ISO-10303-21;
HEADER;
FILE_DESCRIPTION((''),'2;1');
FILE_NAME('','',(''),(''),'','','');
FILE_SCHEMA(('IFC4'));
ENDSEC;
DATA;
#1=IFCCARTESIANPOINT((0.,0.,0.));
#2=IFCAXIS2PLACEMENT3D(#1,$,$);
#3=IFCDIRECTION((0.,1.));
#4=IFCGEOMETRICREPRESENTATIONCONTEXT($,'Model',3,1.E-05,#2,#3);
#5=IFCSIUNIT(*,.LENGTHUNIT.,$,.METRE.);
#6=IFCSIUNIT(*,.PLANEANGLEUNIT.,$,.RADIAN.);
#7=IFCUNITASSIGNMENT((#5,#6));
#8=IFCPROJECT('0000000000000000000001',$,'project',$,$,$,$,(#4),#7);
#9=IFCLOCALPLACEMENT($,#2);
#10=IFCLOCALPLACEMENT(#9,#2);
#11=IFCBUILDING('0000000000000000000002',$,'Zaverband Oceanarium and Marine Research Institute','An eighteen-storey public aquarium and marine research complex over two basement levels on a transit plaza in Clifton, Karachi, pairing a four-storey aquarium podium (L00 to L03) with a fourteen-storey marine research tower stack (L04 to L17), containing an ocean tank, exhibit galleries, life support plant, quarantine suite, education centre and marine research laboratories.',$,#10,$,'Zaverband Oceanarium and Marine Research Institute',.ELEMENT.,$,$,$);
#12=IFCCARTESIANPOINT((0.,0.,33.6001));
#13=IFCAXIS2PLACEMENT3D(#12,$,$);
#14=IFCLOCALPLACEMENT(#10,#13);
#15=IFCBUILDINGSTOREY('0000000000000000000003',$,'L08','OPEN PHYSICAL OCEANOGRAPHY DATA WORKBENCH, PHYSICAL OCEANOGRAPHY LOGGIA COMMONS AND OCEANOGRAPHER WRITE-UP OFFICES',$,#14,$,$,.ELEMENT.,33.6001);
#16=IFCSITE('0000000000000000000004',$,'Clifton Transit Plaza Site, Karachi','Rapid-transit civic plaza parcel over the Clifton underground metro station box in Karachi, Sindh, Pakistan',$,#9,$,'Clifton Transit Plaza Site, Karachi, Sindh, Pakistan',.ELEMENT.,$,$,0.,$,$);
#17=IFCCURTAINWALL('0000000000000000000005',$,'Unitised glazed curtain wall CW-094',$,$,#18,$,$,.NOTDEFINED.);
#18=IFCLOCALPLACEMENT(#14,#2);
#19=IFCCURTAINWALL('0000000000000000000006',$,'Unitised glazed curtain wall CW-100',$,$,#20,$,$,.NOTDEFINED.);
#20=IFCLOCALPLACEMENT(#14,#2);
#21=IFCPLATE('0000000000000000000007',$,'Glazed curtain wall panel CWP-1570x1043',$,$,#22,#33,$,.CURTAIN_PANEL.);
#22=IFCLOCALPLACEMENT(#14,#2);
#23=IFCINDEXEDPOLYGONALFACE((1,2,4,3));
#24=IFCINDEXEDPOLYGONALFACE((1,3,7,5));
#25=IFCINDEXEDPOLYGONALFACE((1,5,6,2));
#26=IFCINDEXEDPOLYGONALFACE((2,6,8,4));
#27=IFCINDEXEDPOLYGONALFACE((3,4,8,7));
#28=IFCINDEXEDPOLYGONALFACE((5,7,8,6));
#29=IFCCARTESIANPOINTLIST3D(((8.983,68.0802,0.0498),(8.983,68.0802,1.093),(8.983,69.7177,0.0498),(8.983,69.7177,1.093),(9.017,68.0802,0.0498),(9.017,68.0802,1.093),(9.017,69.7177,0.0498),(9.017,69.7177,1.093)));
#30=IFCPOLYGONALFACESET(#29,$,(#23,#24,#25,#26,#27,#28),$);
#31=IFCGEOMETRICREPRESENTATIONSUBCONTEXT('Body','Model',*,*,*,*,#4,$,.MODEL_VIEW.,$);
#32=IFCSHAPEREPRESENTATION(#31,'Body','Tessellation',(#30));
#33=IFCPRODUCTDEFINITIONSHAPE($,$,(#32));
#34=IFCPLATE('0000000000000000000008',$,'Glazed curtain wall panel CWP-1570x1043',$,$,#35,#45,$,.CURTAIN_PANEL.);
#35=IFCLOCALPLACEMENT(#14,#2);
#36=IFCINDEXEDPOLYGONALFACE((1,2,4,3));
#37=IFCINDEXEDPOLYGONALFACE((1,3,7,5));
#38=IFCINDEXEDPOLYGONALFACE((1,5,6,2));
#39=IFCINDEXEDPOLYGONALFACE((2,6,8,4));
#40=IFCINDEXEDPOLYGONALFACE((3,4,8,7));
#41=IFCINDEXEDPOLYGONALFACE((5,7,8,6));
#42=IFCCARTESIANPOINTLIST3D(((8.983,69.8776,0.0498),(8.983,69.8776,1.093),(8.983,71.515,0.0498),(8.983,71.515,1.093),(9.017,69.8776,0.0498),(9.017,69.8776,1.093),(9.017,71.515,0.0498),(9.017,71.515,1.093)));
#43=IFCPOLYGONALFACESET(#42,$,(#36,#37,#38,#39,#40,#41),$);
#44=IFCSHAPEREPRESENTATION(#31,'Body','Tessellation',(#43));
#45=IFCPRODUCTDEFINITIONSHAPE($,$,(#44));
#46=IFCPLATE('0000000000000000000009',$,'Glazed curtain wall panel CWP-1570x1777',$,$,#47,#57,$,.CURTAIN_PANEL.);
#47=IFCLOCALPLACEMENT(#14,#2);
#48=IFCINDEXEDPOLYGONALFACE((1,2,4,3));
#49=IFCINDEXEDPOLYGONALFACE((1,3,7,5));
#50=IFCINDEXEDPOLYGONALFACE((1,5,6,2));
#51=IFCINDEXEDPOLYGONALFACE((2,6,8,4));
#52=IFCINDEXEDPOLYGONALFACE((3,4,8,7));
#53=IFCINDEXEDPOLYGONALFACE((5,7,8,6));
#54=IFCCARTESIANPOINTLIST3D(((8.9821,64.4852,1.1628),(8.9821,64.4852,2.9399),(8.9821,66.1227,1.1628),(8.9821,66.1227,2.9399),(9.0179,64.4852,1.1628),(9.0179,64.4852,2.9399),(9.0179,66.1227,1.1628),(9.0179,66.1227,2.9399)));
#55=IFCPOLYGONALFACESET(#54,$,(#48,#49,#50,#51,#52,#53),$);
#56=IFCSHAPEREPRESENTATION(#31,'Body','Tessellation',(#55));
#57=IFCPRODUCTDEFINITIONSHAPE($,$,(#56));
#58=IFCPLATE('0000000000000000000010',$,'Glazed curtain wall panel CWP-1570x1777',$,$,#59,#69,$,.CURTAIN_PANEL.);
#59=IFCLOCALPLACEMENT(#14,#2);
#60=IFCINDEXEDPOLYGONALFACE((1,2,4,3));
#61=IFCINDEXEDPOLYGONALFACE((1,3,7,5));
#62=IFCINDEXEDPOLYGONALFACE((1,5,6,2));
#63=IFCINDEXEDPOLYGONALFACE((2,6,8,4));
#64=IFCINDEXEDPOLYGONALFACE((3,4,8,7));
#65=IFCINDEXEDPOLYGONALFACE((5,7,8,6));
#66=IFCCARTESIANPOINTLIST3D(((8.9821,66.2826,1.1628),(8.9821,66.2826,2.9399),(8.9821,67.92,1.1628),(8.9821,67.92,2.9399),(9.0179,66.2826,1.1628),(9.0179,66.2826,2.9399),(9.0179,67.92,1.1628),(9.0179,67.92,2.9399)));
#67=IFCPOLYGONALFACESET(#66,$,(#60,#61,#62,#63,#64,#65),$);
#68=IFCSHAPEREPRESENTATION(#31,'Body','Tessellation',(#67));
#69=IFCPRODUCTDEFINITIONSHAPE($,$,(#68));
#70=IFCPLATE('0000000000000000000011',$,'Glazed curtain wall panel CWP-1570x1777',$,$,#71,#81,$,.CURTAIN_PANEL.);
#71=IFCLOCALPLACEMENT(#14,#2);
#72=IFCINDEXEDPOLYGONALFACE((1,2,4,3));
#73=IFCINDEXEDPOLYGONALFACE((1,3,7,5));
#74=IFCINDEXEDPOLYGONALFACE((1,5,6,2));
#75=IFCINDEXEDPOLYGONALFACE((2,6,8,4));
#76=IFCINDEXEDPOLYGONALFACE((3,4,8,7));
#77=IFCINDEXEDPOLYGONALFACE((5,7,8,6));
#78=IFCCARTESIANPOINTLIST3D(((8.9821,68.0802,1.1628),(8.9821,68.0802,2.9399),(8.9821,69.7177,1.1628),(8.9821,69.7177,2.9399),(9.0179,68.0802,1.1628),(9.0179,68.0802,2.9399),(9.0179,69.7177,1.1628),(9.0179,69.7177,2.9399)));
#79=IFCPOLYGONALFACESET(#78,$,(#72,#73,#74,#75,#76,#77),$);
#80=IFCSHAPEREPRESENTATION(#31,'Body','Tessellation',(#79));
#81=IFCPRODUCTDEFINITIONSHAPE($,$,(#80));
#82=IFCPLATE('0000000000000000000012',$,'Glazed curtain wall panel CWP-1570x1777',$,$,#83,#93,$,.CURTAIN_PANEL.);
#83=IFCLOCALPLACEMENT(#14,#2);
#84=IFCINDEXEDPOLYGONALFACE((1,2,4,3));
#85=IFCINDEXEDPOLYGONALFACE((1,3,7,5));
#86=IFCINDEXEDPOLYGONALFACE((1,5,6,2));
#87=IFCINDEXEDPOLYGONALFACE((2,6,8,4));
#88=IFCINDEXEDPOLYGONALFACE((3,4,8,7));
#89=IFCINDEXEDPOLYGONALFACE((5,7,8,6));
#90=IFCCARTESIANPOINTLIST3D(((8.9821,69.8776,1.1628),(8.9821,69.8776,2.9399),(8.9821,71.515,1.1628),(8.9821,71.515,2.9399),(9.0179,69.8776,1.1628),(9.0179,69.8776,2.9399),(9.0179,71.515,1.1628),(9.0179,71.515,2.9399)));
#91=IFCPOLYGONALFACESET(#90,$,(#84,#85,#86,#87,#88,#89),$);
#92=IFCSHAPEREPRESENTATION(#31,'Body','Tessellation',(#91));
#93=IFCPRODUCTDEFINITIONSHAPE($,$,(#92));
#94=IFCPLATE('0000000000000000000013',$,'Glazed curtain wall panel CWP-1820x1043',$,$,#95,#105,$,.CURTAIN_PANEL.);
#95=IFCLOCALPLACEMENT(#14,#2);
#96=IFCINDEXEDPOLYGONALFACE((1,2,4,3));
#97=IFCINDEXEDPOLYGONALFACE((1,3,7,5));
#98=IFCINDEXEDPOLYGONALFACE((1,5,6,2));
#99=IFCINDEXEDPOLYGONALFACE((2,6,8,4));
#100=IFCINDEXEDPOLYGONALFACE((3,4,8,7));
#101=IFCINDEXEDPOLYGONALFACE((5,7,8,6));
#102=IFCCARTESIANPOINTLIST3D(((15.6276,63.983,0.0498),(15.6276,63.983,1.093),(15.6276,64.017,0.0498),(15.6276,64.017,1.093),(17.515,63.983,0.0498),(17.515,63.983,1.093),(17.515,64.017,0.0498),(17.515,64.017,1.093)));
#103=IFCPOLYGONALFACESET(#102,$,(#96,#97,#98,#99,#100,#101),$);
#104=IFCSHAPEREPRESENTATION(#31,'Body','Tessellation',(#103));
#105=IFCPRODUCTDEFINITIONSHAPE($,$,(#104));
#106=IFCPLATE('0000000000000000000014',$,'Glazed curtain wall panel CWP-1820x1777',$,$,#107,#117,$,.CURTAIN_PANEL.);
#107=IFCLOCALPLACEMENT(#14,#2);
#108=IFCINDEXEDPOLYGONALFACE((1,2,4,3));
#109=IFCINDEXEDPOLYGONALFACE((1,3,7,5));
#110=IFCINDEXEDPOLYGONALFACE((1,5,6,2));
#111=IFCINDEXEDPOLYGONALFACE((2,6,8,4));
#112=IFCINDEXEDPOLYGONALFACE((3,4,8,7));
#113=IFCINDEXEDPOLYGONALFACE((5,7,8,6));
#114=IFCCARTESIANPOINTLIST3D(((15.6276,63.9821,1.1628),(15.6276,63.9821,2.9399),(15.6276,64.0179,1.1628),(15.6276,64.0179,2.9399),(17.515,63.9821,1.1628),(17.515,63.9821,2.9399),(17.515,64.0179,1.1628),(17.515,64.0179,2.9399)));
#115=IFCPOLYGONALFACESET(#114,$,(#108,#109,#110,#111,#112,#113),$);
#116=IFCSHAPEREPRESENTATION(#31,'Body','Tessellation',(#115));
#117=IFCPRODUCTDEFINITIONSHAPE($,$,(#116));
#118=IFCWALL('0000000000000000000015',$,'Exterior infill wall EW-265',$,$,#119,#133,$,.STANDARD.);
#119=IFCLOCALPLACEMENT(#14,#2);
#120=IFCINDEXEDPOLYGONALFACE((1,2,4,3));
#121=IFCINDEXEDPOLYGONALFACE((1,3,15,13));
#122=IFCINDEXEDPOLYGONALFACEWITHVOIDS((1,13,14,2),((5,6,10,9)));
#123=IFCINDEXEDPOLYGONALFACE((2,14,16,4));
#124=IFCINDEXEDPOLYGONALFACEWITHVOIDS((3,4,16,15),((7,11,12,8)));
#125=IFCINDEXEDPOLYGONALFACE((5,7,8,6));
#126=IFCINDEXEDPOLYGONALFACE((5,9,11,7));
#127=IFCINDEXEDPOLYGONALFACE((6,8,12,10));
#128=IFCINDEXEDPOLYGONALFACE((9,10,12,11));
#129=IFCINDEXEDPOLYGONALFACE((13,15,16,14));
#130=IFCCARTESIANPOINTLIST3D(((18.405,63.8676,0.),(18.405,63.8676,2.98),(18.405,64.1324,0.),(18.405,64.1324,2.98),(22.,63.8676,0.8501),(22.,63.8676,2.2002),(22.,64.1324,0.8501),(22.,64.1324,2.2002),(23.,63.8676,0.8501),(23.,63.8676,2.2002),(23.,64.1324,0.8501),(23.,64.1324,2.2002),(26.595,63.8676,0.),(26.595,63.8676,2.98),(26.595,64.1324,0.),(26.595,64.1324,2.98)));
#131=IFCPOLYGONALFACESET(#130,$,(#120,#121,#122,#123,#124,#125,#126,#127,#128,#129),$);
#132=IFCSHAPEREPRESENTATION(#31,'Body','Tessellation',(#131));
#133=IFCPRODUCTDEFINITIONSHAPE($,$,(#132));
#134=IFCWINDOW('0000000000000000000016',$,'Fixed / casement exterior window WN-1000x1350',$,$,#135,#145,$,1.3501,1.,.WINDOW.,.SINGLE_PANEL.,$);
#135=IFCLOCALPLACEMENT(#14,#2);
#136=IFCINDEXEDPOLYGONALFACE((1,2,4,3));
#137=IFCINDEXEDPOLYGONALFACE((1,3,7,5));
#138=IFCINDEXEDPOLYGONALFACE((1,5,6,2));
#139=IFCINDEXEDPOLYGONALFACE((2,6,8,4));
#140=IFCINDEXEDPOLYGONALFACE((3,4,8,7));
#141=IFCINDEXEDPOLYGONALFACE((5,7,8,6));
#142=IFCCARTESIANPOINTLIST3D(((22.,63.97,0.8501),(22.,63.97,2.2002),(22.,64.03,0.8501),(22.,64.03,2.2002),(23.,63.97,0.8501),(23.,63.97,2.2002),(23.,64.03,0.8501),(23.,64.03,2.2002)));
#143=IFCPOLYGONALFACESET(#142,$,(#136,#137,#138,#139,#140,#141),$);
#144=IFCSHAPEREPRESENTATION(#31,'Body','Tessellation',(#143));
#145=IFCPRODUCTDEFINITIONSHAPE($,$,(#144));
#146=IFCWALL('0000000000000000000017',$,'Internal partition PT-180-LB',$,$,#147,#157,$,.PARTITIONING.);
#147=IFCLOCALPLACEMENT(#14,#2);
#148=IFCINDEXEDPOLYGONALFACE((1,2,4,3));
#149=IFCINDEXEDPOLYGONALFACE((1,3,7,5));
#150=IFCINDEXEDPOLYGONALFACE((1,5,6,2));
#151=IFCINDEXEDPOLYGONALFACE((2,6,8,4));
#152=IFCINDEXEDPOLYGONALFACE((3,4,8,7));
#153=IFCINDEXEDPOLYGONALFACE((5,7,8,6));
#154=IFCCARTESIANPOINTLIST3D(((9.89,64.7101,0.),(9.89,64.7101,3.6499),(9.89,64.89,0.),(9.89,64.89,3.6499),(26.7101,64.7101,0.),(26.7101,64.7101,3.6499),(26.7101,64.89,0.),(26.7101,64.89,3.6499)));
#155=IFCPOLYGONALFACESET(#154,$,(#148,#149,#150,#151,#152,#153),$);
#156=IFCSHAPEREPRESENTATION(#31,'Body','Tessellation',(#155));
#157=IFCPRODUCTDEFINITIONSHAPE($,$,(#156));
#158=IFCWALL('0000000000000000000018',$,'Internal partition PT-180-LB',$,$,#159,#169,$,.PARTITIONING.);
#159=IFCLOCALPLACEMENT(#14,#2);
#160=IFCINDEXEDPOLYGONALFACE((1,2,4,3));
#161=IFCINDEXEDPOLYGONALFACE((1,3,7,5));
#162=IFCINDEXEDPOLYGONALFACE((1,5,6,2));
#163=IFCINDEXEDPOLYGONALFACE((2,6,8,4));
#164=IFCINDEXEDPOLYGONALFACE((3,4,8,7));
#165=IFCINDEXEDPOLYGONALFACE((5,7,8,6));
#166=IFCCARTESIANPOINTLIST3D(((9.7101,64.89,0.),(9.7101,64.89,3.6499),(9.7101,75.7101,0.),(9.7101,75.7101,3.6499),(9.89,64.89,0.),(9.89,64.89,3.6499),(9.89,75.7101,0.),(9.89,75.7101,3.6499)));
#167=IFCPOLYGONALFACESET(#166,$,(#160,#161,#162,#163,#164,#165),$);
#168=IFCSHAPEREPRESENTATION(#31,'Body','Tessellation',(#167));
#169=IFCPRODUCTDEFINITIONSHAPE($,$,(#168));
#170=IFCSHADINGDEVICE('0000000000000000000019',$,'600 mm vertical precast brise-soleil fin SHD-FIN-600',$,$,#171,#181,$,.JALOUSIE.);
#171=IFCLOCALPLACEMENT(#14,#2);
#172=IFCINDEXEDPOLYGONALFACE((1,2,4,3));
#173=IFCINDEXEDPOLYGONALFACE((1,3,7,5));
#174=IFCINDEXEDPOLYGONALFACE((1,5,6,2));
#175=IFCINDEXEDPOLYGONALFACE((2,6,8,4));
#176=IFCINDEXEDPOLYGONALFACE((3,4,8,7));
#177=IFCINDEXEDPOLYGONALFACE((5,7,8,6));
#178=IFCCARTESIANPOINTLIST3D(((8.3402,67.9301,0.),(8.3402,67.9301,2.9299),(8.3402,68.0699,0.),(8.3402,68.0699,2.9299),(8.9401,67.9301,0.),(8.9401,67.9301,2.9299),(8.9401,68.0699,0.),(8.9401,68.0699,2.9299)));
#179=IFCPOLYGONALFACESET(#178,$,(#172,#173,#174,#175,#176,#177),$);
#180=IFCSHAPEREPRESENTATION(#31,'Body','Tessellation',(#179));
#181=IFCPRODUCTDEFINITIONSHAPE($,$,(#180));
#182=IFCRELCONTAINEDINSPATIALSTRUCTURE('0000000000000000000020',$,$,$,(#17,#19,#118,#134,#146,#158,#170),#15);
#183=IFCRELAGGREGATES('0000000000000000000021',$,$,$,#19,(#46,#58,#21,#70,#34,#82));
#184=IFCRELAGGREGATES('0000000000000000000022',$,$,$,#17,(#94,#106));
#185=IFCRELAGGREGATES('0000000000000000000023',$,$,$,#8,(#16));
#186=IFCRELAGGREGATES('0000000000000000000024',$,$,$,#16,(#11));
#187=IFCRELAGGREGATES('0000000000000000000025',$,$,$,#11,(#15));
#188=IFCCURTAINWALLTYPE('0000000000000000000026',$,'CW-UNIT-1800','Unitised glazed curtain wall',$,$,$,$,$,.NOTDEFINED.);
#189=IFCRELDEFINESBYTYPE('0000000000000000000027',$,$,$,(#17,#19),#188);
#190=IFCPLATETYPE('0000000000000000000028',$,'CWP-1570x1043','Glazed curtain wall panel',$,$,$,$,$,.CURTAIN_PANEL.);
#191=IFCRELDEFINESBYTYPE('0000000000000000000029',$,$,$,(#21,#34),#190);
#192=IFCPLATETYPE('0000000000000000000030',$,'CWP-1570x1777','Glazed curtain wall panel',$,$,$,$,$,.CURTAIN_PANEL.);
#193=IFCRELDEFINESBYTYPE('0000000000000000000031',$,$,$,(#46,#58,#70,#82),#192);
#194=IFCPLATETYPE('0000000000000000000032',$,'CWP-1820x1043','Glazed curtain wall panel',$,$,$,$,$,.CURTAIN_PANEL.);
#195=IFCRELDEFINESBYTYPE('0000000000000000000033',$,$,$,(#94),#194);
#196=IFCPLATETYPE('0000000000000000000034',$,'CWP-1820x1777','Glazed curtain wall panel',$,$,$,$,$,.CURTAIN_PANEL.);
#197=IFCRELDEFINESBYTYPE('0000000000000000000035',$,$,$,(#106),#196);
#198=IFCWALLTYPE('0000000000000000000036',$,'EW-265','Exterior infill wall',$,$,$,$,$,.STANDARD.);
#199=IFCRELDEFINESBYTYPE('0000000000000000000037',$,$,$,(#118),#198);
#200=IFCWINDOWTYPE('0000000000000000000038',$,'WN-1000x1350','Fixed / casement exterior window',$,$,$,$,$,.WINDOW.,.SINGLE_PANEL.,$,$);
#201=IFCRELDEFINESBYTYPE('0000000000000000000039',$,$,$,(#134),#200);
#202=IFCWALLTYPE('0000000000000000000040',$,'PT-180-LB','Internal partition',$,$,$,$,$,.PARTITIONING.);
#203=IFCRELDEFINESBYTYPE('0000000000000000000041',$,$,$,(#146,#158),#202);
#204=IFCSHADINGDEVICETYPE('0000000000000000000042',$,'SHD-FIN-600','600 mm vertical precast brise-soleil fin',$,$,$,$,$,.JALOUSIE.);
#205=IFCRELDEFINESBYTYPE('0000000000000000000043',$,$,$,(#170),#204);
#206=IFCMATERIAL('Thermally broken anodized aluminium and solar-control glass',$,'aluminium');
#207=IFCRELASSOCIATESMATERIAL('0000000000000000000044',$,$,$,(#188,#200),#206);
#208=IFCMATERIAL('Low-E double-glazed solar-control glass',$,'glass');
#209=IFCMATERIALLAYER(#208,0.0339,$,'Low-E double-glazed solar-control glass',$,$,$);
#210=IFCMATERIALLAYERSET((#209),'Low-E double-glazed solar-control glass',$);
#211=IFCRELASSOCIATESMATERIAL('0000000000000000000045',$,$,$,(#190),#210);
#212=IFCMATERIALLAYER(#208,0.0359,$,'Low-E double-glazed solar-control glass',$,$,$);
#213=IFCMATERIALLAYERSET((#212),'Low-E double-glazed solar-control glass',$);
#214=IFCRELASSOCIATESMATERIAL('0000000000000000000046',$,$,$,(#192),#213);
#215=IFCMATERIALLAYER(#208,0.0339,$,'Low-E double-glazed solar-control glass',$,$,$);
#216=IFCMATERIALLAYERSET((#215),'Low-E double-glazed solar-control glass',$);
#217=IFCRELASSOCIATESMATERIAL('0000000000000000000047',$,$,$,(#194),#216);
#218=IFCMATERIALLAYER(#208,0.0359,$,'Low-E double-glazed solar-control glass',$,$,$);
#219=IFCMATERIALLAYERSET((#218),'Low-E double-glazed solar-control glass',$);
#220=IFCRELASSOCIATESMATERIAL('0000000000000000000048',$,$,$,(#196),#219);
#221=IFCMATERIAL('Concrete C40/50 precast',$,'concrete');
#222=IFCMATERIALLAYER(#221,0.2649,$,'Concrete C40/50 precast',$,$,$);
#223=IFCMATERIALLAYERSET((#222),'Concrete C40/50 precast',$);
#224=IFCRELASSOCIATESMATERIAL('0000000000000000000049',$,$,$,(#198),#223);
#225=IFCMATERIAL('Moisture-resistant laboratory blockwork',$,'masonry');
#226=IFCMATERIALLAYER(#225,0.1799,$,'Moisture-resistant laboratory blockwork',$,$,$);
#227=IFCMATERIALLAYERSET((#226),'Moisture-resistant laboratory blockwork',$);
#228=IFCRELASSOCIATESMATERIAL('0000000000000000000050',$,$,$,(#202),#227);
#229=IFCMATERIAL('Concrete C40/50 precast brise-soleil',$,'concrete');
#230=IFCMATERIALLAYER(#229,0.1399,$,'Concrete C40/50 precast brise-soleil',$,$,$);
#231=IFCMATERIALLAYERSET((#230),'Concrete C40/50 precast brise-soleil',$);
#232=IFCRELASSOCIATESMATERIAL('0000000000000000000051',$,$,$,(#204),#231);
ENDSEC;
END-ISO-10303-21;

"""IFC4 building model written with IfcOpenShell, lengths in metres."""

from ifc_helpers import new_model, si_unit, direction, frame, frame_2d, origin, place, context, subcontext, project, spatial, rectangle, extrude, material, layer, layer_set, type_object, element, fill, aggregate, save


model = new_model("IFC4")

# Units and contexts
model_context = context("Model", 3, precision=1e-05, world=origin(), true_north=direction((0.0, 1.0)))
body_context = subcontext(model_context, "Body", "Model", "MODEL_VIEW")
ifc_project = project(units=[si_unit("LENGTHUNIT", "METRE"), si_unit("PLANEANGLEUNIT", "RADIAN")], contexts=[model_context])

# Site, building, storey
site_placement = place(None, origin())
site = spatial("IfcSite", under=ifc_project, at=site_placement, Name="Clifton Transit Plaza Site, Karachi", Description="Rapid-transit civic plaza parcel over the Clifton underground metro station box in Karachi, Sindh, Pakistan", LongName="Clifton Transit Plaza Site, Karachi, Sindh, Pakistan", CompositionType="ELEMENT", RefElevation=0.0)
building_placement = place(site_placement, origin())
building = spatial("IfcBuilding", under=site, at=building_placement, Name="Zaverband Oceanarium and Marine Research Institute", Description="An eighteen-storey public aquarium and marine research complex over two basement levels on a transit plaza in Clifton, Karachi, pairing a four-storey aquarium podium (L00 to L03) with a fourteen-storey marine research tower stack (L04 to L17), containing an ocean tank, exhibit galleries, life support plant, quarantine suite, education centre and marine research laboratories.", LongName="Zaverband Oceanarium and Marine Research Institute", CompositionType="ELEMENT")
storey_placement = place(building_placement, frame((0.0, 0.0, 33.6001)))
storey = spatial("IfcBuildingStorey", under=building, at=storey_placement, Name="L08", Description="OPEN PHYSICAL OCEANOGRAPHY DATA WORKBENCH, PHYSICAL OCEANOGRAPHY LOGGIA COMMONS AND OCEANOGRAPHER WRITE-UP OFFICES", CompositionType="ELEMENT", Elevation=33.6001)

# Curtain wall
ifc_material_1 = material(Name="Thermally broken anodized aluminium and solar-control glass", Category="aluminium")
curtain_wall_type = type_object("IfcCurtainWallType", Name="CW-UNIT-1800", Description="Unitised glazed curtain wall", PredefinedType="NOTDEFINED", material=ifc_material_1)
curtain_wall_1_placement = place(storey_placement, origin())
curtain_wall_1 = element("IfcCurtainWall", 1, at=curtain_wall_1_placement, inside=storey, type_object=curtain_wall_type, Name="Unitised glazed curtain wall CW-094", PredefinedType="NOTDEFINED")

# Curtain wall, plates
curtain_wall_2_placement = place(storey_placement, origin())
curtain_wall_2 = element("IfcCurtainWall", 2, at=curtain_wall_2_placement, inside=storey, type_object=curtain_wall_type, Name="Unitised glazed curtain wall CW-100", PredefinedType="NOTDEFINED")
ifc_material_2 = material(Name="Low-E double-glazed solar-control glass", Category="glass")
ifc_layer_1 = layer(ifc_material_2, 0.0339, Name="Low-E double-glazed solar-control glass")
ifc_layer_set_1 = layer_set([ifc_layer_1], Name="Low-E double-glazed solar-control glass")
plate_type_1 = type_object("IfcPlateType", Name="CWP-1570x1043", Description="Glazed curtain wall panel", PredefinedType="CURTAIN_PANEL", material=ifc_layer_set_1)
plate_1_placement = place(storey_placement, frame((9.0, 68.0801, 0.0498), z_axis=(0.0, 0.0, 1.0), x_axis=(0.0, 1.0, 0.0)))
plate_1 = element("IfcPlate", 3, at=plate_1_placement, type_object=plate_type_1, Name="Glazed curtain wall panel CWP-1570x1043", PredefinedType="CURTAIN_PANEL", context=body_context, shape_type="SweptSolid", body=[
    extrude(rectangle(XDim=1.6375, YDim=0.0339, at=frame_2d((0.8188, 0.0))), origin(), (0.0, 0.0, 1.0), 1.0432),
])
plate_2_placement = place(storey_placement, frame((9.0, 69.8774, 0.0498), z_axis=(0.0, 0.0, 1.0), x_axis=(0.0, 1.0, 0.0)))
plate_2 = element("IfcPlate", 4, at=plate_2_placement, type_object=plate_type_1, Name="Glazed curtain wall panel CWP-1570x1043", PredefinedType="CURTAIN_PANEL", context=body_context, shape_type="SweptSolid", body=[
    extrude(rectangle(XDim=1.6375, YDim=0.0339, at=frame_2d((0.8188, 0.0))), origin(), (0.0, 0.0, 1.0), 1.0432),
])
ifc_layer_2 = layer(ifc_material_2, 0.0359, Name="Low-E double-glazed solar-control glass")
ifc_layer_set_2 = layer_set([ifc_layer_2], Name="Low-E double-glazed solar-control glass")
plate_type_2 = type_object("IfcPlateType", Name="CWP-1570x1777", Description="Glazed curtain wall panel", PredefinedType="CURTAIN_PANEL", material=ifc_layer_set_2)
plate_3_placement = place(storey_placement, frame((9.0, 64.4851, 1.1628), z_axis=(0.0, 0.0, 1.0), x_axis=(0.0, 1.0, 0.0)))
plate_3 = element("IfcPlate", 5, at=plate_3_placement, type_object=plate_type_2, Name="Glazed curtain wall panel CWP-1570x1777", PredefinedType="CURTAIN_PANEL", context=body_context, shape_type="SweptSolid", body=[
    extrude(rectangle(XDim=1.6375, YDim=0.0359, at=frame_2d((0.8188, 0.0))), origin(), (0.0, 0.0, 1.0), 1.7771),
])
plate_4_placement = place(storey_placement, frame((9.0, 66.2825, 1.1628), z_axis=(0.0, 0.0, 1.0), x_axis=(0.0, 1.0, 0.0)))
plate_4 = element("IfcPlate", 6, at=plate_4_placement, type_object=plate_type_2, Name="Glazed curtain wall panel CWP-1570x1777", PredefinedType="CURTAIN_PANEL", context=body_context, shape_type="SweptSolid", body=[
    extrude(rectangle(XDim=1.6375, YDim=0.0359, at=frame_2d((0.8188, 0.0))), origin(), (0.0, 0.0, 1.0), 1.7771),
])
plate_5_placement = place(storey_placement, frame((9.0, 68.0801, 1.1628), z_axis=(0.0, 0.0, 1.0), x_axis=(0.0, 1.0, 0.0)))
plate_5 = element("IfcPlate", 7, at=plate_5_placement, type_object=plate_type_2, Name="Glazed curtain wall panel CWP-1570x1777", PredefinedType="CURTAIN_PANEL", context=body_context, shape_type="SweptSolid", body=[
    extrude(rectangle(XDim=1.6375, YDim=0.0359, at=frame_2d((0.8188, 0.0))), origin(), (0.0, 0.0, 1.0), 1.7771),
])
plate_6_placement = place(storey_placement, frame((9.0, 69.8774, 1.1628), z_axis=(0.0, 0.0, 1.0), x_axis=(0.0, 1.0, 0.0)))
plate_6 = element("IfcPlate", 8, at=plate_6_placement, type_object=plate_type_2, Name="Glazed curtain wall panel CWP-1570x1777", PredefinedType="CURTAIN_PANEL", context=body_context, shape_type="SweptSolid", body=[
    extrude(rectangle(XDim=1.6375, YDim=0.0359, at=frame_2d((0.8188, 0.0))), origin(), (0.0, 0.0, 1.0), 1.7771),
])
aggregate(curtain_wall_2, [plate_3, plate_4, plate_1, plate_5, plate_2, plate_6])

# Plates
ifc_layer_3 = layer(ifc_material_2, 0.0339, Name="Low-E double-glazed solar-control glass")
ifc_layer_set_3 = layer_set([ifc_layer_3], Name="Low-E double-glazed solar-control glass")
plate_type_3 = type_object("IfcPlateType", Name="CWP-1820x1043", Description="Glazed curtain wall panel", PredefinedType="CURTAIN_PANEL", material=ifc_layer_set_3)
plate_7_placement = place(storey_placement, frame((15.6274, 64.0, 0.0498), z_axis=(0.0, 0.0, 1.0), x_axis=(1.0, 0.0, 0.0)))
plate_7 = element("IfcPlate", 9, at=plate_7_placement, type_object=plate_type_3, Name="Glazed curtain wall panel CWP-1820x1043", PredefinedType="CURTAIN_PANEL", context=body_context, shape_type="SweptSolid", body=[
    extrude(rectangle(XDim=1.8875, YDim=0.0339, at=frame_2d((0.9438, 0.0))), origin(), (0.0, 0.0, 1.0), 1.0432),
])
ifc_layer_4 = layer(ifc_material_2, 0.0359, Name="Low-E double-glazed solar-control glass")
ifc_layer_set_4 = layer_set([ifc_layer_4], Name="Low-E double-glazed solar-control glass")
plate_type_4 = type_object("IfcPlateType", Name="CWP-1820x1777", Description="Glazed curtain wall panel", PredefinedType="CURTAIN_PANEL", material=ifc_layer_set_4)
plate_8_placement = place(storey_placement, frame((15.6274, 64.0, 1.1628), z_axis=(0.0, 0.0, 1.0), x_axis=(1.0, 0.0, 0.0)))
plate_8 = element("IfcPlate", 10, at=plate_8_placement, type_object=plate_type_4, Name="Glazed curtain wall panel CWP-1820x1777", PredefinedType="CURTAIN_PANEL", context=body_context, shape_type="SweptSolid", body=[
    extrude(rectangle(XDim=1.8875, YDim=0.0359, at=frame_2d((0.9438, 0.0))), origin(), (0.0, 0.0, 1.0), 1.7771),
])
aggregate(curtain_wall_1, [plate_7, plate_8])

# Wall, opening, window
ifc_material_3 = material(Name="Concrete C40/50 precast", Category="concrete")
ifc_layer_5 = layer(ifc_material_3, 0.2649, Name="Concrete C40/50 precast")
ifc_layer_set_5 = layer_set([ifc_layer_5], Name="Concrete C40/50 precast")
wall_type_1 = type_object("IfcWallType", Name="EW-265", Description="Exterior infill wall", PredefinedType="STANDARD", material=ifc_layer_set_5)
wall_1_placement = place(storey_placement, frame((18.405, 64.0, 0.0), z_axis=(0.0, 0.0, 1.0), x_axis=(1.0, 0.0, 0.0)))
wall_1 = element("IfcWall", 11, at=wall_1_placement, inside=storey, type_object=wall_type_1, Name="Exterior infill wall EW-265", PredefinedType="STANDARD", context=body_context, shape_type="SweptSolid", body=[
    extrude(rectangle(XDim=8.1899, YDim=0.2649, at=frame_2d((4.095, 0.0))), origin(), (0.0, 0.0, 1.0), 2.98),
])
opening_placement = place(wall_1_placement, frame((3.595, 0.0, 0.8501)))
opening = element("IfcOpeningElement", 12, at=opening_placement, cuts=wall_1, PredefinedType="OPENING", context=body_context, shape_type="SweptSolid", body=[
    extrude(rectangle(XDim=1.0, YDim=1.3501, at=frame_2d((0.5, 0.675))), frame((0.0, 0.1445, 0.0), z_axis=(0.0, -1.0, 0.0), x_axis=(1.0, 0.0, 0.0)), (0.0, 0.0, 1.0), 0.2888),
])
window_type = type_object("IfcWindowType", Name="WN-1000x1350", Description="Fixed / casement exterior window", PartitioningType="SINGLE_PANEL", PredefinedType="WINDOW", material=ifc_material_1)
window_placement = place(opening_placement, origin())
window = element("IfcWindow", 13, at=window_placement, inside=storey, type_object=window_type, Name="Fixed / casement exterior window WN-1000x1350", OverallHeight=1.3501, OverallWidth=1.0, PartitioningType="SINGLE_PANEL", PredefinedType="WINDOW", context=body_context, shape_type="SweptSolid", body=[
    extrude(rectangle(XDim=1.0, YDim=1.3501, at=frame_2d((0.5, 0.675))), frame((0.0, 0.03, 0.0), z_axis=(0.0, -1.0, 0.0), x_axis=(1.0, 0.0, 0.0)), (0.0, 0.0, 1.0), 0.0601),
])
fill(opening, window)

# Walls
ifc_material_4 = material(Name="Moisture-resistant laboratory blockwork", Category="masonry")
ifc_layer_6 = layer(ifc_material_4, 0.1799, Name="Moisture-resistant laboratory blockwork")
ifc_layer_set_6 = layer_set([ifc_layer_6], Name="Moisture-resistant laboratory blockwork")
wall_type_2 = type_object("IfcWallType", Name="PT-180-LB", Description="Internal partition", PredefinedType="PARTITIONING", material=ifc_layer_set_6)
wall_2_placement = place(storey_placement, frame((9.8899, 64.8, 0.0), z_axis=(0.0, 0.0, 1.0), x_axis=(1.0, 0.0, 0.0)))
element("IfcWall", 14, at=wall_2_placement, inside=storey, type_object=wall_type_2, Name="Internal partition PT-180-LB", PredefinedType="PARTITIONING", context=body_context, shape_type="SweptSolid", body=[
    extrude(rectangle(XDim=16.8201, YDim=0.1799, at=frame_2d((8.4102, 0.0))), origin(), (0.0, 0.0, 1.0), 3.6499),
])
wall_3_placement = place(storey_placement, frame((9.8, 64.8899, 0.0), z_axis=(0.0, 0.0, 1.0), x_axis=(0.0, 1.0, 0.0)))
element("IfcWall", 15, at=wall_3_placement, inside=storey, type_object=wall_type_2, Name="Internal partition PT-180-LB", PredefinedType="PARTITIONING", context=body_context, shape_type="SweptSolid", body=[
    extrude(rectangle(XDim=10.8201, YDim=0.1799, at=frame_2d((5.4102, 0.0))), origin(), (0.0, 0.0, 1.0), 3.6499),
])

# Shading device
ifc_material_5 = material(Name="Concrete C40/50 precast brise-soleil", Category="concrete")
ifc_layer_7 = layer(ifc_material_5, 0.1399, Name="Concrete C40/50 precast brise-soleil")
ifc_layer_set_7 = layer_set([ifc_layer_7], Name="Concrete C40/50 precast brise-soleil")
shading_device_type = type_object("IfcShadingDeviceType", Name="SHD-FIN-600", Description="600 mm vertical precast brise-soleil fin", PredefinedType="JALOUSIE", material=ifc_layer_set_7)
shading_device_placement = place(storey_placement, frame((8.9399, 68.0, 0.0), z_axis=(0.0, 0.0, 1.0), x_axis=(-1.0, 0.0, 0.0)))
element("IfcShadingDevice", 16, at=shading_device_placement, inside=storey, type_object=shading_device_type, Name="600 mm vertical precast brise-soleil fin SHD-FIN-600", PredefinedType="JALOUSIE", context=body_context, shape_type="SweptSolid", body=[
    extrude(rectangle(XDim=0.5999, YDim=0.1399, at=frame_2d((0.2998, 0.0))), origin(), (0.0, 0.0, 1.0), 2.9299),
])

save(model, "model.ifc")
